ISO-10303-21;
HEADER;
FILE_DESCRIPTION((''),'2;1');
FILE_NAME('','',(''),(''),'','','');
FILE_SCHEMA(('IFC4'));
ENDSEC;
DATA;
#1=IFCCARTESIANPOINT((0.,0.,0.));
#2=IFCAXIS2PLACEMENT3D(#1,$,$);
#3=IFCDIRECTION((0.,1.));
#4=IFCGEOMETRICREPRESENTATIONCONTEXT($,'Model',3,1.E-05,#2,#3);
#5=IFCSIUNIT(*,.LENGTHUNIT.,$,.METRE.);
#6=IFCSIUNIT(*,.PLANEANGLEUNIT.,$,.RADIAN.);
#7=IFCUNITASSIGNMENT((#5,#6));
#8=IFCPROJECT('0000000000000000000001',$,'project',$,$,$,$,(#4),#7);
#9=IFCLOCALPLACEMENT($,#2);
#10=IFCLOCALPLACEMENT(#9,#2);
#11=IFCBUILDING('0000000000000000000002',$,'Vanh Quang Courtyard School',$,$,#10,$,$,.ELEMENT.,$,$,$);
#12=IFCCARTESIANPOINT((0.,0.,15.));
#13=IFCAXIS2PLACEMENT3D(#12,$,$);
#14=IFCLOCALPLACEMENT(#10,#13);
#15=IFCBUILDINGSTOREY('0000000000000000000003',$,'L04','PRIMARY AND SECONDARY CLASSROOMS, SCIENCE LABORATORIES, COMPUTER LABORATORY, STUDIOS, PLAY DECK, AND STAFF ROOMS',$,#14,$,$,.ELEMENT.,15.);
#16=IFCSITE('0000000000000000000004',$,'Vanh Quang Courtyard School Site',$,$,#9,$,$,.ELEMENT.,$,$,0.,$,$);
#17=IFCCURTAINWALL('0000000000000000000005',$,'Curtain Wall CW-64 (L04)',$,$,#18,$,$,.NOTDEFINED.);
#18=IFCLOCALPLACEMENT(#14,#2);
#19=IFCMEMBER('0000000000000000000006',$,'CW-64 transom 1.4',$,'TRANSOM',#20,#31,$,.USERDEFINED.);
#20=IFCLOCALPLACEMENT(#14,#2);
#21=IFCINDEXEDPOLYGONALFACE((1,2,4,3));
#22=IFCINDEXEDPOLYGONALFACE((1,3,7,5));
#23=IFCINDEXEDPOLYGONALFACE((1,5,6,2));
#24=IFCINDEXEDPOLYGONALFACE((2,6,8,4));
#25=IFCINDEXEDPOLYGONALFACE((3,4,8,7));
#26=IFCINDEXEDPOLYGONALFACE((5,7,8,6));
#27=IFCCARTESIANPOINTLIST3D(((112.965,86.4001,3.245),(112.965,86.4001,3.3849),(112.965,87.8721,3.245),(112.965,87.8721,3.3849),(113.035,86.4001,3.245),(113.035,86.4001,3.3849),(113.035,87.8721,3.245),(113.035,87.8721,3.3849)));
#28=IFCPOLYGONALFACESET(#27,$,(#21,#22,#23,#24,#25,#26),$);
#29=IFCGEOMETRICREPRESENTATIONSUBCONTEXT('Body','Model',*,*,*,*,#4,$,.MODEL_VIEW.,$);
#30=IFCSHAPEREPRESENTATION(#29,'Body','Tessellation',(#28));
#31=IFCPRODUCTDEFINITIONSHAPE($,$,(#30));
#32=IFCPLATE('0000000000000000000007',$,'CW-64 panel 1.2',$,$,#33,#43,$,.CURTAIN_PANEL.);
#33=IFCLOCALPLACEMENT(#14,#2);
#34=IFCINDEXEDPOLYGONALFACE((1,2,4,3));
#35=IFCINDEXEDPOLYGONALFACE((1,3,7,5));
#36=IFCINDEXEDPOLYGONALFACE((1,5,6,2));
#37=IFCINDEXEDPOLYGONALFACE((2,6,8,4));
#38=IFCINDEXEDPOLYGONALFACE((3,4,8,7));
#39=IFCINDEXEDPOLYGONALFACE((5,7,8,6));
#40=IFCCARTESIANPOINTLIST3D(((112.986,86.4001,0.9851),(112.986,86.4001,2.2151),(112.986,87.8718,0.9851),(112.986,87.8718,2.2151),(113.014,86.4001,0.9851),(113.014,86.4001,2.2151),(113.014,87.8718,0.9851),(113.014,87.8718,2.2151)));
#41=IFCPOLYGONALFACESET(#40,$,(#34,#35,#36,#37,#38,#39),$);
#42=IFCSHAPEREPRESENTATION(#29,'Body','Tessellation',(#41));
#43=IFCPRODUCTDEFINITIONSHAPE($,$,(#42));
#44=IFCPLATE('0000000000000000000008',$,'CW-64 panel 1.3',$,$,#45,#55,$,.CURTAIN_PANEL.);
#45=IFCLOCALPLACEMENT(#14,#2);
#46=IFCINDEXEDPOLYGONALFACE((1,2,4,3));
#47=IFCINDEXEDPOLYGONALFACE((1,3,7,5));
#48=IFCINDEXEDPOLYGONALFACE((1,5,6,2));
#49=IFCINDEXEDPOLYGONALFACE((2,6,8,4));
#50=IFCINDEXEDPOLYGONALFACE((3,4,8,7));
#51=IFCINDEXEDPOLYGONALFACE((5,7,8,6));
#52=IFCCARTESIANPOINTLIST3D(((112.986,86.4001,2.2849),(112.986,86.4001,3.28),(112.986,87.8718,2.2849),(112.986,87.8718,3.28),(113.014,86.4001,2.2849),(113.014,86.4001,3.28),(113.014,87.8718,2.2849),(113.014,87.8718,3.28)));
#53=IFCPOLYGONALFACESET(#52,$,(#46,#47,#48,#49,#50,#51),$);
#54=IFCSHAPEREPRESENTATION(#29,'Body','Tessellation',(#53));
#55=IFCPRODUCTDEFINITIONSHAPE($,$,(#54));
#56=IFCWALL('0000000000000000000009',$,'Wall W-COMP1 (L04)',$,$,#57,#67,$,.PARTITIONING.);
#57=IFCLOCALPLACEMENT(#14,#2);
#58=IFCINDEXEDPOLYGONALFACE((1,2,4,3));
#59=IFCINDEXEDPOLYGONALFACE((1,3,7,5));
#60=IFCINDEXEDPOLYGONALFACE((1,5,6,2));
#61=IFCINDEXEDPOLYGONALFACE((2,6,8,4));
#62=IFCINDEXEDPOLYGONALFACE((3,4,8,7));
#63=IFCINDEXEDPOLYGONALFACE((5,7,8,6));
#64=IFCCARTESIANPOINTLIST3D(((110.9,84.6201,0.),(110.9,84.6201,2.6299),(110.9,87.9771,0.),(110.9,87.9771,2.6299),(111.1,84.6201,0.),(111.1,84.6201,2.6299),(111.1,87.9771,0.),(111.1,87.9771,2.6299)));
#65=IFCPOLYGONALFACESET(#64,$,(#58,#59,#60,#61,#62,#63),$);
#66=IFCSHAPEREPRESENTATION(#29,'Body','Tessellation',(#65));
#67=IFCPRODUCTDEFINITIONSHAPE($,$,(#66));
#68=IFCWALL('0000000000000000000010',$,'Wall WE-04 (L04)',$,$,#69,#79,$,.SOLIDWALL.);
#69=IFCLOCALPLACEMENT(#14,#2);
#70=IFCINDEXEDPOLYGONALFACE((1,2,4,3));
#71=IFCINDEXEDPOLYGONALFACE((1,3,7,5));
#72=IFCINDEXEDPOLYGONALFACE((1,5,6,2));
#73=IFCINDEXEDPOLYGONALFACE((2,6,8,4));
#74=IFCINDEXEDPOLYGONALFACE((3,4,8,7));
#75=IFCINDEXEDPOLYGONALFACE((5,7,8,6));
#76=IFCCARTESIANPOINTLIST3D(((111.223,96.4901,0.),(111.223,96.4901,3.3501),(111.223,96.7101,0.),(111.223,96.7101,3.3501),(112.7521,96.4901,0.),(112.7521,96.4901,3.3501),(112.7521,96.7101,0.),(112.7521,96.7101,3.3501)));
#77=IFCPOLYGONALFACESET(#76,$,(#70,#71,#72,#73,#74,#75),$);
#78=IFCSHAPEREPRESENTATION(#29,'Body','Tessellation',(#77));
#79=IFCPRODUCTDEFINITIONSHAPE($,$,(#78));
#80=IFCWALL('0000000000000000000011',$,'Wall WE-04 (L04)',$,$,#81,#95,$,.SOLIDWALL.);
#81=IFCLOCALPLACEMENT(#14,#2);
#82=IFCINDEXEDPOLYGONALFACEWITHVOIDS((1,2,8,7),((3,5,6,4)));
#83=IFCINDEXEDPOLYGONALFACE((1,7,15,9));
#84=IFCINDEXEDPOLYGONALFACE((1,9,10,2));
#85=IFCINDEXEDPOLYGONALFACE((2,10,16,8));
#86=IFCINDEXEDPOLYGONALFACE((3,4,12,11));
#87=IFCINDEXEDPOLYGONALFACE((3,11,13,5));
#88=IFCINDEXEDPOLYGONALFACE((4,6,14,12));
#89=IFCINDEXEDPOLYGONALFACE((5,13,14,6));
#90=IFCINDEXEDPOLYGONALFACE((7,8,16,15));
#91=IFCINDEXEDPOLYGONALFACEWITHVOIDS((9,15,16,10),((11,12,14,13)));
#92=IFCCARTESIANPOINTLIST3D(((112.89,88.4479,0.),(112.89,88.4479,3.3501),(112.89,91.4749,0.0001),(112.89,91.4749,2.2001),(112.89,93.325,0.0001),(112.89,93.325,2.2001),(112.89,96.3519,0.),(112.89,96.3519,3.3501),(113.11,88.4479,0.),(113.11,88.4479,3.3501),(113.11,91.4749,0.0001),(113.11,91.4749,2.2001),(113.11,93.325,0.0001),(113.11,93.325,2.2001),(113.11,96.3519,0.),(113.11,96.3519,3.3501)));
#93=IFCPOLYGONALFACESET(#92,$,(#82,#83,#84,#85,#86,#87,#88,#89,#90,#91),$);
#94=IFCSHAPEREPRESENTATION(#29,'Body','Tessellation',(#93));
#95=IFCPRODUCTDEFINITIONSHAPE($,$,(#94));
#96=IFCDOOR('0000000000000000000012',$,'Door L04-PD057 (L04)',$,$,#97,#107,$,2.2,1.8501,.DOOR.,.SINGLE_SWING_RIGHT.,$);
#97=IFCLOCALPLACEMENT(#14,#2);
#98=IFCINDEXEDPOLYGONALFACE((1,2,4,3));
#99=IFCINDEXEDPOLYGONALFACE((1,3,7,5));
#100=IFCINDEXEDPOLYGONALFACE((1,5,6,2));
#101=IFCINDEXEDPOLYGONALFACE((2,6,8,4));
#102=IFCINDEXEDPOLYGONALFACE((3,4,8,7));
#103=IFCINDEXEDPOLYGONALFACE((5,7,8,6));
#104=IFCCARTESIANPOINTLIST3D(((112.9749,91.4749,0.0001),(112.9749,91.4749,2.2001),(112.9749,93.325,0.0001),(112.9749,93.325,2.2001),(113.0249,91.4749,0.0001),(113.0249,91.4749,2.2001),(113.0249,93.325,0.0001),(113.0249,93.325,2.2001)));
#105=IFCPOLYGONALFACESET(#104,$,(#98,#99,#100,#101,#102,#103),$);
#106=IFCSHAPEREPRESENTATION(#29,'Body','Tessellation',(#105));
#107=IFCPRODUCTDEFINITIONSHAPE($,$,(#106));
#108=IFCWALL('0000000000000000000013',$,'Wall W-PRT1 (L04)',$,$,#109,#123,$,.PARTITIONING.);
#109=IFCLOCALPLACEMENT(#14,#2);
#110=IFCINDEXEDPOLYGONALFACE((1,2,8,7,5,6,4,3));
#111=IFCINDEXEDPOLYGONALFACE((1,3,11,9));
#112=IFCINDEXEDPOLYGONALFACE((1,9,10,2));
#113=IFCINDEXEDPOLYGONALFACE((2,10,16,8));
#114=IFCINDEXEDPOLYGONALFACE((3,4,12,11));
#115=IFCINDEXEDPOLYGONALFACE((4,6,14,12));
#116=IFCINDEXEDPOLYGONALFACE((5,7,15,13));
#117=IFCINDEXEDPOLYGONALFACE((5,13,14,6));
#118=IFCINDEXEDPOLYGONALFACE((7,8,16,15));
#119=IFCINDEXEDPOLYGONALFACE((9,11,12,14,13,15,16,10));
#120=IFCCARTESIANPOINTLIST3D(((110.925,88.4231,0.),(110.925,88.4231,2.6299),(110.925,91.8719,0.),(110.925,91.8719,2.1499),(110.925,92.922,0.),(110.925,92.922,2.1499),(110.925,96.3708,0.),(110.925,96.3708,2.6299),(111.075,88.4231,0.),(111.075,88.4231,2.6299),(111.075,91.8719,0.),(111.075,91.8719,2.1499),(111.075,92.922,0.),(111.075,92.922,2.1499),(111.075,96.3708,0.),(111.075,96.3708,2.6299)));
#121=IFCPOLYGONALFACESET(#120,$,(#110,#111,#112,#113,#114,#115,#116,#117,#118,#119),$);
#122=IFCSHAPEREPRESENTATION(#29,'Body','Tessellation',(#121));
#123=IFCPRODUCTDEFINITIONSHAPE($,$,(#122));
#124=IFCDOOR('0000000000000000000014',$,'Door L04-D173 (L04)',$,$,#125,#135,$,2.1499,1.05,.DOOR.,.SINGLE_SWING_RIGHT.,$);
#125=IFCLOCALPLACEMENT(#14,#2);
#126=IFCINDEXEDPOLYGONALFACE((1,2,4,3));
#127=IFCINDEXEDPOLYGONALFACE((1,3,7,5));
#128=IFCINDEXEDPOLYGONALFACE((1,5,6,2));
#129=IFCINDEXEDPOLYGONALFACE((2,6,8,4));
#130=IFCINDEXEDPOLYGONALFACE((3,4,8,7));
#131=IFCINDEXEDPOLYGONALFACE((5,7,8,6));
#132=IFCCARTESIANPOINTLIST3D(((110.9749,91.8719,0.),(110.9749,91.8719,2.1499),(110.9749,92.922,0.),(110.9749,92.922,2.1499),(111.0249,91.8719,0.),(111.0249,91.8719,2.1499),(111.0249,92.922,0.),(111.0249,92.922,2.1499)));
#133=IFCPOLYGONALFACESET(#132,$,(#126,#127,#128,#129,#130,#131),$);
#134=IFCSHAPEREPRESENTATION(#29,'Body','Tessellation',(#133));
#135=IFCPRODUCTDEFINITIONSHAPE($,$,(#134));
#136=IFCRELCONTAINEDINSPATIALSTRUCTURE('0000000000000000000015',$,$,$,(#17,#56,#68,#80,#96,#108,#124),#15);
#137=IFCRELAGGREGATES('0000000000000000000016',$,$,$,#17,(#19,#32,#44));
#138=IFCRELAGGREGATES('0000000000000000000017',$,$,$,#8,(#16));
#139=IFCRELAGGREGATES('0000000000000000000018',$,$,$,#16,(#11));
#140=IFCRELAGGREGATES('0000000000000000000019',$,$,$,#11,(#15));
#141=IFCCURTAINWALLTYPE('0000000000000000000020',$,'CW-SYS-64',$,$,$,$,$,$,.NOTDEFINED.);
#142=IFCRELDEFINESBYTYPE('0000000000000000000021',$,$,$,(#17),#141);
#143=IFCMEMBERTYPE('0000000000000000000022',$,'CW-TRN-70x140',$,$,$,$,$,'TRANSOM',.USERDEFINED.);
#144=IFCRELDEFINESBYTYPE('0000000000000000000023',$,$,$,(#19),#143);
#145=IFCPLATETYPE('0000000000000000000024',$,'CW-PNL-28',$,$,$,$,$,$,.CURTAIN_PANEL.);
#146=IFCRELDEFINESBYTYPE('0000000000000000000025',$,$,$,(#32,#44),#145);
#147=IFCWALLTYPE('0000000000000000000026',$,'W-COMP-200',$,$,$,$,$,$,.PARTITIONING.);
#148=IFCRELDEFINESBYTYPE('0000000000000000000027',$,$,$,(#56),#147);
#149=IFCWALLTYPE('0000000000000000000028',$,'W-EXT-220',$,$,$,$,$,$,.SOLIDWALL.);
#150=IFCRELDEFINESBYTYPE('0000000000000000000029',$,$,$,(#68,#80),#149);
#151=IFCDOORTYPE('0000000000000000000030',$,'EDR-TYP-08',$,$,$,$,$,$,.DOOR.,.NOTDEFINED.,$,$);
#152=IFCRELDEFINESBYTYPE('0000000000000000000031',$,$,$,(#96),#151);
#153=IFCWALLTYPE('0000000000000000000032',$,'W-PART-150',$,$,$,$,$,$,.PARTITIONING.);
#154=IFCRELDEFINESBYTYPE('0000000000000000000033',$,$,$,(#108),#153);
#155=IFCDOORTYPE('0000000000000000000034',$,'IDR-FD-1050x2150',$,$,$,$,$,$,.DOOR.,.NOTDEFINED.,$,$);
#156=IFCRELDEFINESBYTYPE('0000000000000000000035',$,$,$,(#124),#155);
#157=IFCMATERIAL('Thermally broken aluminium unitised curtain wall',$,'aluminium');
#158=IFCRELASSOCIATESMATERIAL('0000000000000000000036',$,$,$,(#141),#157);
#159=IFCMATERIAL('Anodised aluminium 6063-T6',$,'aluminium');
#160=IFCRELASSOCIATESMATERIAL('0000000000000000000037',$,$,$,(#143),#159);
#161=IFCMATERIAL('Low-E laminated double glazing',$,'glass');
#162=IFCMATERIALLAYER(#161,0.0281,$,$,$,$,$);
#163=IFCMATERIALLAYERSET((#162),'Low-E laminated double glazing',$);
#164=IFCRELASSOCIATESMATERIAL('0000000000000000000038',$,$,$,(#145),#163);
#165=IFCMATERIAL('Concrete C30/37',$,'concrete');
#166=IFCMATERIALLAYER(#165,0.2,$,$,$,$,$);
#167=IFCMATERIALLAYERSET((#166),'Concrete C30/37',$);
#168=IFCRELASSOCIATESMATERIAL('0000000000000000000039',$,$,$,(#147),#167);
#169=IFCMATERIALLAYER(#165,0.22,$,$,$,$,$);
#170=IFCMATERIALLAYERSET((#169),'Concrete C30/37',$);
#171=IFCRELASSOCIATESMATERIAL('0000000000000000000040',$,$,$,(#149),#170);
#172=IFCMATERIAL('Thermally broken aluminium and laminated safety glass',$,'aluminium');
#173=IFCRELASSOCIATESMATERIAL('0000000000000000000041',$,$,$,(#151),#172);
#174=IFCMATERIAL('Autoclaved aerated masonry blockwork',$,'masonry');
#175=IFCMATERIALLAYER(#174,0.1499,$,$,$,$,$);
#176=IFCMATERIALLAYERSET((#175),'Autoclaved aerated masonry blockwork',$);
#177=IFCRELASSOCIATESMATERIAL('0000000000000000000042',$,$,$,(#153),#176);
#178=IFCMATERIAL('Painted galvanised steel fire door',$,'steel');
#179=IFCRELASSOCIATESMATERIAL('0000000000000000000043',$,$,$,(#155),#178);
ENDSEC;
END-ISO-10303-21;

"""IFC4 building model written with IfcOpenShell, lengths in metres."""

from ifc_helpers import new_model, si_unit, direction, frame, frame_2d, origin, origin_2d, place, context, subcontext, project, spatial, rectangle, extrude, material, layer, layer_set, material_profile, profile_set, type_object, element, fill, aggregate, save


model = new_model("IFC4")

# Units and contexts
model_context = context("Model", 3, precision=1e-05, world=origin(), true_north=direction((0.0, 1.0)))
body_context = subcontext(model_context, "Body", "Model", "MODEL_VIEW")
ifc_project = project(units=[si_unit("LENGTHUNIT", "METRE"), si_unit("PLANEANGLEUNIT", "RADIAN")], contexts=[model_context])

# Site, building, storey
site_placement = place(None, origin())
site = spatial("IfcSite", under=ifc_project, at=site_placement, Name="Vanh Quang Courtyard School Site", CompositionType="ELEMENT", RefElevation=0.0)
building_placement = place(site_placement, origin())
building = spatial("IfcBuilding", under=site, at=building_placement, Name="Vanh Quang Courtyard School", CompositionType="ELEMENT")
storey_placement = place(building_placement, frame((0.0, 0.0, 15.0)))
storey = spatial("IfcBuildingStorey", under=building, at=storey_placement, Name="L04", Description="PRIMARY AND SECONDARY CLASSROOMS, SCIENCE LABORATORIES, COMPUTER LABORATORY, STUDIOS, PLAY DECK, AND STAFF ROOMS", CompositionType="ELEMENT", Elevation=15.0)

# Curtain wall, member, plates
ifc_material_1 = material(Name="Thermally broken aluminium unitised curtain wall", Category="aluminium")
curtain_wall_type = type_object("IfcCurtainWallType", Name="CW-SYS-64", PredefinedType="NOTDEFINED", material=ifc_material_1)
curtain_wall_placement = place(storey_placement, origin())
curtain_wall = element("IfcCurtainWall", 1, at=curtain_wall_placement, inside=storey, type_object=curtain_wall_type, Name="Curtain Wall CW-64 (L04)", PredefinedType="NOTDEFINED")
ifc_material_2 = material(Name="Anodised aluminium 6063-T6", Category="aluminium")
ifc_material_profile_1 = material_profile(ifc_material_2, rectangle(XDim=0.0701, YDim=0.1399, at=origin_2d()), Name="ALU-TRN 70x140")
ifc_profile_set_1 = profile_set([ifc_material_profile_1], Name="Anodised aluminium 6063-T6")
member_type_1 = type_object("IfcMemberType", Name="CW-TRN-70x140", ElementType="TRANSOM", PredefinedType="USERDEFINED", material=ifc_profile_set_1)
member_1_placement = place(storey_placement, frame((113.0, 87.8721, 3.3149), z_axis=(0.0, -1.0, 0.0), x_axis=(1.0, 0.0, 0.0)))
member_1 = element("IfcMember", 2, at=member_1_placement, type_object=member_type_1, Name="CW-64 transom 1.4", ObjectType="TRANSOM", PredefinedType="USERDEFINED", context=body_context, shape_type="SweptSolid", body=[
    extrude(rectangle(XDim=0.0701, YDim=0.1399, at=origin_2d()), origin(), (0.0, 0.0, 1.0), 1.4719),
])
ifc_material_3 = material(Name="Low-E laminated double glazing", Category="glass")
ifc_layer_1 = layer(ifc_material_3, 0.0281)
ifc_layer_set_1 = layer_set([ifc_layer_1], Name="Low-E laminated double glazing")
plate_type = type_object("IfcPlateType", Name="CW-PNL-28", PredefinedType="CURTAIN_PANEL", material=ifc_layer_set_1)
plate_1_placement = place(storey_placement, frame((113.0, 87.136, 0.9851), z_axis=(0.0, 0.0, 1.0), x_axis=(0.0, -1.0, 0.0)))
plate_1 = element("IfcPlate", 3, at=plate_1_placement, type_object=plate_type, Name="CW-64 panel 1.2", PredefinedType="CURTAIN_PANEL", context=body_context, shape_type="SweptSolid", body=[
    extrude(rectangle(XDim=1.4717, YDim=0.0281, at=origin_2d()), origin(), (0.0, 0.0, 1.0), 1.23),
])
plate_2_placement = place(storey_placement, frame((113.0, 87.136, 2.2849), z_axis=(0.0, 0.0, 1.0), x_axis=(0.0, -1.0, 0.0)))
plate_2 = element("IfcPlate", 4, at=plate_2_placement, type_object=plate_type, Name="CW-64 panel 1.3", PredefinedType="CURTAIN_PANEL", context=body_context, shape_type="SweptSolid", body=[
    extrude(rectangle(XDim=1.4717, YDim=0.0281, at=origin_2d()), origin(), (0.0, 0.0, 1.0), 0.9951),
])
aggregate(curtain_wall, [member_1, plate_1, plate_2])

# Walls
ifc_material_4 = material(Name="Concrete C30/37", Category="concrete")
ifc_layer_2 = layer(ifc_material_4, 0.2)
ifc_layer_set_2 = layer_set([ifc_layer_2], Name="Concrete C30/37")
wall_type_1 = type_object("IfcWallType", Name="W-COMP-200", PredefinedType="PARTITIONING", material=ifc_layer_set_2)
wall_1_placement = place(storey_placement, frame((111.0, 87.9771, 0.0), z_axis=(0.0, 0.0, 1.0), x_axis=(0.0, -1.0, 0.0)))
element("IfcWall", 5, at=wall_1_placement, inside=storey, type_object=wall_type_1, Name="Wall W-COMP1 (L04)", PredefinedType="PARTITIONING", context=body_context, shape_type="SweptSolid", body=[
    extrude(rectangle(XDim=3.3569, YDim=0.2, at=frame_2d((1.6785, 0.0))), origin(), (0.0, 0.0, 1.0), 2.6299),
])
ifc_layer_3 = layer(ifc_material_4, 0.22)
ifc_layer_set_3 = layer_set([ifc_layer_3], Name="Concrete C30/37")
wall_type_2 = type_object("IfcWallType", Name="W-EXT-220", PredefinedType="SOLIDWALL", material=ifc_layer_set_3)
wall_2_placement = place(storey_placement, frame((111.2229, 96.6001, 0.0), z_axis=(0.0, 0.0, 1.0), x_axis=(1.0, 0.0, 0.0)))
element("IfcWall", 6, at=wall_2_placement, inside=storey, type_object=wall_type_2, Name="Wall WE-04 (L04)", PredefinedType="SOLIDWALL", context=body_context, shape_type="SweptSolid", body=[
    extrude(rectangle(XDim=1.5291, YDim=0.22, at=frame_2d((0.7646, 0.0))), origin(), (0.0, 0.0, 1.0), 3.3501),
])

# Walls, openings, doors
wall_3_placement = place(storey_placement, frame((113.0, 96.3521, 0.0), z_axis=(0.0, 0.0, 1.0), x_axis=(0.0, -1.0, 0.0)))
wall_3 = element("IfcWall", 7, at=wall_3_placement, inside=storey, type_object=wall_type_2, Name="Wall WE-04 (L04)", PredefinedType="SOLIDWALL", context=body_context, shape_type="SweptSolid", body=[
    extrude(rectangle(XDim=7.9041, YDim=0.22, at=frame_2d((3.9521, 0.0))), origin(), (0.0, 0.0, 1.0), 3.3501),
])
opening_1_placement = place(wall_3_placement, frame((3.0271, 0.0, 0.0)))
opening_1 = element("IfcOpeningElement", 8, at=opening_1_placement, cuts=wall_3, PredefinedType="OPENING", context=body_context, shape_type="SweptSolid", body=[
    extrude(rectangle(XDim=1.8501, YDim=2.2, at=frame_2d((0.925, 1.1001))), frame((0.0, 0.1201, 0.0), z_axis=(0.0, -1.0, 0.0), x_axis=(1.0, 0.0, 0.0)), (0.0, 0.0, 1.0), 0.24),
])
ifc_material_5 = material(Name="Thermally broken aluminium and laminated safety glass", Category="aluminium")
door_type_1 = type_object("IfcDoorType", Name="EDR-TYP-08", OperationType="NOTDEFINED", PredefinedType="DOOR", material=ifc_material_5)
door_1_placement = place(opening_1_placement, origin())
door_1 = element("IfcDoor", 9, at=door_1_placement, inside=storey, type_object=door_type_1, Name="Door L04-PD057 (L04)", OperationType="SINGLE_SWING_RIGHT", OverallHeight=2.2, OverallWidth=1.8501, PredefinedType="DOOR", context=body_context, shape_type="SweptSolid", body=[
    extrude(rectangle(XDim=1.8501, YDim=2.2, at=frame_2d((0.925, 1.1001))), frame((0.0, 0.0249, 0.0), z_axis=(0.0, -1.0, 0.0), x_axis=(1.0, 0.0, 0.0)), (0.0, 0.0, 1.0), 0.05),
])
fill(opening_1, door_1)
ifc_material_6 = material(Name="Autoclaved aerated masonry blockwork", Category="masonry")
ifc_layer_4 = layer(ifc_material_6, 0.1499)
ifc_layer_set_4 = layer_set([ifc_layer_4], Name="Autoclaved aerated masonry blockwork")
wall_type_3 = type_object("IfcWallType", Name="W-PART-150", PredefinedType="PARTITIONING", material=ifc_layer_set_4)
wall_4_placement = place(storey_placement, frame((111.0, 96.3708, 0.0), z_axis=(0.0, 0.0, 1.0), x_axis=(0.0, -1.0, 0.0)))
wall_4 = element("IfcWall", 10, at=wall_4_placement, inside=storey, type_object=wall_type_3, Name="Wall W-PRT1 (L04)", PredefinedType="PARTITIONING", context=body_context, shape_type="SweptSolid", body=[
    extrude(rectangle(XDim=7.9478, YDim=0.1499, at=frame_2d((3.9739, 0.0))), origin(), (0.0, 0.0, 1.0), 2.6299),
])
opening_2_placement = place(wall_4_placement, frame((3.449, 0.0, 0.0)))
opening_2 = element("IfcOpeningElement", 11, at=opening_2_placement, cuts=wall_4, PredefinedType="OPENING", context=body_context, shape_type="SweptSolid", body=[
    extrude(rectangle(XDim=1.05, YDim=2.1499, at=frame_2d((0.5249, 1.075))), frame((0.0, 0.085, 0.0), z_axis=(0.0, -1.0, 0.0), x_axis=(1.0, 0.0, 0.0)), (0.0, 0.0, 1.0), 0.1699),
])
ifc_material_7 = material(Name="Painted galvanised steel fire door", Category="steel")
door_type_2 = type_object("IfcDoorType", Name="IDR-FD-1050x2150", OperationType="NOTDEFINED", PredefinedType="DOOR", material=ifc_material_7)
door_2_placement = place(opening_2_placement, origin())
door_2 = element("IfcDoor", 12, at=door_2_placement, inside=storey, type_object=door_type_2, Name="Door L04-D173 (L04)", OperationType="SINGLE_SWING_RIGHT", OverallHeight=2.1499, OverallWidth=1.05, PredefinedType="DOOR", context=body_context, shape_type="SweptSolid", body=[
    extrude(rectangle(XDim=1.05, YDim=2.1499, at=frame_2d((0.5249, 1.075))), frame((0.0, 0.0249, 0.0), z_axis=(0.0, -1.0, 0.0), x_axis=(1.0, 0.0, 0.0)), (0.0, 0.0, 1.0), 0.05),
])
fill(opening_2, door_2)

save(model, "model.ifc")
